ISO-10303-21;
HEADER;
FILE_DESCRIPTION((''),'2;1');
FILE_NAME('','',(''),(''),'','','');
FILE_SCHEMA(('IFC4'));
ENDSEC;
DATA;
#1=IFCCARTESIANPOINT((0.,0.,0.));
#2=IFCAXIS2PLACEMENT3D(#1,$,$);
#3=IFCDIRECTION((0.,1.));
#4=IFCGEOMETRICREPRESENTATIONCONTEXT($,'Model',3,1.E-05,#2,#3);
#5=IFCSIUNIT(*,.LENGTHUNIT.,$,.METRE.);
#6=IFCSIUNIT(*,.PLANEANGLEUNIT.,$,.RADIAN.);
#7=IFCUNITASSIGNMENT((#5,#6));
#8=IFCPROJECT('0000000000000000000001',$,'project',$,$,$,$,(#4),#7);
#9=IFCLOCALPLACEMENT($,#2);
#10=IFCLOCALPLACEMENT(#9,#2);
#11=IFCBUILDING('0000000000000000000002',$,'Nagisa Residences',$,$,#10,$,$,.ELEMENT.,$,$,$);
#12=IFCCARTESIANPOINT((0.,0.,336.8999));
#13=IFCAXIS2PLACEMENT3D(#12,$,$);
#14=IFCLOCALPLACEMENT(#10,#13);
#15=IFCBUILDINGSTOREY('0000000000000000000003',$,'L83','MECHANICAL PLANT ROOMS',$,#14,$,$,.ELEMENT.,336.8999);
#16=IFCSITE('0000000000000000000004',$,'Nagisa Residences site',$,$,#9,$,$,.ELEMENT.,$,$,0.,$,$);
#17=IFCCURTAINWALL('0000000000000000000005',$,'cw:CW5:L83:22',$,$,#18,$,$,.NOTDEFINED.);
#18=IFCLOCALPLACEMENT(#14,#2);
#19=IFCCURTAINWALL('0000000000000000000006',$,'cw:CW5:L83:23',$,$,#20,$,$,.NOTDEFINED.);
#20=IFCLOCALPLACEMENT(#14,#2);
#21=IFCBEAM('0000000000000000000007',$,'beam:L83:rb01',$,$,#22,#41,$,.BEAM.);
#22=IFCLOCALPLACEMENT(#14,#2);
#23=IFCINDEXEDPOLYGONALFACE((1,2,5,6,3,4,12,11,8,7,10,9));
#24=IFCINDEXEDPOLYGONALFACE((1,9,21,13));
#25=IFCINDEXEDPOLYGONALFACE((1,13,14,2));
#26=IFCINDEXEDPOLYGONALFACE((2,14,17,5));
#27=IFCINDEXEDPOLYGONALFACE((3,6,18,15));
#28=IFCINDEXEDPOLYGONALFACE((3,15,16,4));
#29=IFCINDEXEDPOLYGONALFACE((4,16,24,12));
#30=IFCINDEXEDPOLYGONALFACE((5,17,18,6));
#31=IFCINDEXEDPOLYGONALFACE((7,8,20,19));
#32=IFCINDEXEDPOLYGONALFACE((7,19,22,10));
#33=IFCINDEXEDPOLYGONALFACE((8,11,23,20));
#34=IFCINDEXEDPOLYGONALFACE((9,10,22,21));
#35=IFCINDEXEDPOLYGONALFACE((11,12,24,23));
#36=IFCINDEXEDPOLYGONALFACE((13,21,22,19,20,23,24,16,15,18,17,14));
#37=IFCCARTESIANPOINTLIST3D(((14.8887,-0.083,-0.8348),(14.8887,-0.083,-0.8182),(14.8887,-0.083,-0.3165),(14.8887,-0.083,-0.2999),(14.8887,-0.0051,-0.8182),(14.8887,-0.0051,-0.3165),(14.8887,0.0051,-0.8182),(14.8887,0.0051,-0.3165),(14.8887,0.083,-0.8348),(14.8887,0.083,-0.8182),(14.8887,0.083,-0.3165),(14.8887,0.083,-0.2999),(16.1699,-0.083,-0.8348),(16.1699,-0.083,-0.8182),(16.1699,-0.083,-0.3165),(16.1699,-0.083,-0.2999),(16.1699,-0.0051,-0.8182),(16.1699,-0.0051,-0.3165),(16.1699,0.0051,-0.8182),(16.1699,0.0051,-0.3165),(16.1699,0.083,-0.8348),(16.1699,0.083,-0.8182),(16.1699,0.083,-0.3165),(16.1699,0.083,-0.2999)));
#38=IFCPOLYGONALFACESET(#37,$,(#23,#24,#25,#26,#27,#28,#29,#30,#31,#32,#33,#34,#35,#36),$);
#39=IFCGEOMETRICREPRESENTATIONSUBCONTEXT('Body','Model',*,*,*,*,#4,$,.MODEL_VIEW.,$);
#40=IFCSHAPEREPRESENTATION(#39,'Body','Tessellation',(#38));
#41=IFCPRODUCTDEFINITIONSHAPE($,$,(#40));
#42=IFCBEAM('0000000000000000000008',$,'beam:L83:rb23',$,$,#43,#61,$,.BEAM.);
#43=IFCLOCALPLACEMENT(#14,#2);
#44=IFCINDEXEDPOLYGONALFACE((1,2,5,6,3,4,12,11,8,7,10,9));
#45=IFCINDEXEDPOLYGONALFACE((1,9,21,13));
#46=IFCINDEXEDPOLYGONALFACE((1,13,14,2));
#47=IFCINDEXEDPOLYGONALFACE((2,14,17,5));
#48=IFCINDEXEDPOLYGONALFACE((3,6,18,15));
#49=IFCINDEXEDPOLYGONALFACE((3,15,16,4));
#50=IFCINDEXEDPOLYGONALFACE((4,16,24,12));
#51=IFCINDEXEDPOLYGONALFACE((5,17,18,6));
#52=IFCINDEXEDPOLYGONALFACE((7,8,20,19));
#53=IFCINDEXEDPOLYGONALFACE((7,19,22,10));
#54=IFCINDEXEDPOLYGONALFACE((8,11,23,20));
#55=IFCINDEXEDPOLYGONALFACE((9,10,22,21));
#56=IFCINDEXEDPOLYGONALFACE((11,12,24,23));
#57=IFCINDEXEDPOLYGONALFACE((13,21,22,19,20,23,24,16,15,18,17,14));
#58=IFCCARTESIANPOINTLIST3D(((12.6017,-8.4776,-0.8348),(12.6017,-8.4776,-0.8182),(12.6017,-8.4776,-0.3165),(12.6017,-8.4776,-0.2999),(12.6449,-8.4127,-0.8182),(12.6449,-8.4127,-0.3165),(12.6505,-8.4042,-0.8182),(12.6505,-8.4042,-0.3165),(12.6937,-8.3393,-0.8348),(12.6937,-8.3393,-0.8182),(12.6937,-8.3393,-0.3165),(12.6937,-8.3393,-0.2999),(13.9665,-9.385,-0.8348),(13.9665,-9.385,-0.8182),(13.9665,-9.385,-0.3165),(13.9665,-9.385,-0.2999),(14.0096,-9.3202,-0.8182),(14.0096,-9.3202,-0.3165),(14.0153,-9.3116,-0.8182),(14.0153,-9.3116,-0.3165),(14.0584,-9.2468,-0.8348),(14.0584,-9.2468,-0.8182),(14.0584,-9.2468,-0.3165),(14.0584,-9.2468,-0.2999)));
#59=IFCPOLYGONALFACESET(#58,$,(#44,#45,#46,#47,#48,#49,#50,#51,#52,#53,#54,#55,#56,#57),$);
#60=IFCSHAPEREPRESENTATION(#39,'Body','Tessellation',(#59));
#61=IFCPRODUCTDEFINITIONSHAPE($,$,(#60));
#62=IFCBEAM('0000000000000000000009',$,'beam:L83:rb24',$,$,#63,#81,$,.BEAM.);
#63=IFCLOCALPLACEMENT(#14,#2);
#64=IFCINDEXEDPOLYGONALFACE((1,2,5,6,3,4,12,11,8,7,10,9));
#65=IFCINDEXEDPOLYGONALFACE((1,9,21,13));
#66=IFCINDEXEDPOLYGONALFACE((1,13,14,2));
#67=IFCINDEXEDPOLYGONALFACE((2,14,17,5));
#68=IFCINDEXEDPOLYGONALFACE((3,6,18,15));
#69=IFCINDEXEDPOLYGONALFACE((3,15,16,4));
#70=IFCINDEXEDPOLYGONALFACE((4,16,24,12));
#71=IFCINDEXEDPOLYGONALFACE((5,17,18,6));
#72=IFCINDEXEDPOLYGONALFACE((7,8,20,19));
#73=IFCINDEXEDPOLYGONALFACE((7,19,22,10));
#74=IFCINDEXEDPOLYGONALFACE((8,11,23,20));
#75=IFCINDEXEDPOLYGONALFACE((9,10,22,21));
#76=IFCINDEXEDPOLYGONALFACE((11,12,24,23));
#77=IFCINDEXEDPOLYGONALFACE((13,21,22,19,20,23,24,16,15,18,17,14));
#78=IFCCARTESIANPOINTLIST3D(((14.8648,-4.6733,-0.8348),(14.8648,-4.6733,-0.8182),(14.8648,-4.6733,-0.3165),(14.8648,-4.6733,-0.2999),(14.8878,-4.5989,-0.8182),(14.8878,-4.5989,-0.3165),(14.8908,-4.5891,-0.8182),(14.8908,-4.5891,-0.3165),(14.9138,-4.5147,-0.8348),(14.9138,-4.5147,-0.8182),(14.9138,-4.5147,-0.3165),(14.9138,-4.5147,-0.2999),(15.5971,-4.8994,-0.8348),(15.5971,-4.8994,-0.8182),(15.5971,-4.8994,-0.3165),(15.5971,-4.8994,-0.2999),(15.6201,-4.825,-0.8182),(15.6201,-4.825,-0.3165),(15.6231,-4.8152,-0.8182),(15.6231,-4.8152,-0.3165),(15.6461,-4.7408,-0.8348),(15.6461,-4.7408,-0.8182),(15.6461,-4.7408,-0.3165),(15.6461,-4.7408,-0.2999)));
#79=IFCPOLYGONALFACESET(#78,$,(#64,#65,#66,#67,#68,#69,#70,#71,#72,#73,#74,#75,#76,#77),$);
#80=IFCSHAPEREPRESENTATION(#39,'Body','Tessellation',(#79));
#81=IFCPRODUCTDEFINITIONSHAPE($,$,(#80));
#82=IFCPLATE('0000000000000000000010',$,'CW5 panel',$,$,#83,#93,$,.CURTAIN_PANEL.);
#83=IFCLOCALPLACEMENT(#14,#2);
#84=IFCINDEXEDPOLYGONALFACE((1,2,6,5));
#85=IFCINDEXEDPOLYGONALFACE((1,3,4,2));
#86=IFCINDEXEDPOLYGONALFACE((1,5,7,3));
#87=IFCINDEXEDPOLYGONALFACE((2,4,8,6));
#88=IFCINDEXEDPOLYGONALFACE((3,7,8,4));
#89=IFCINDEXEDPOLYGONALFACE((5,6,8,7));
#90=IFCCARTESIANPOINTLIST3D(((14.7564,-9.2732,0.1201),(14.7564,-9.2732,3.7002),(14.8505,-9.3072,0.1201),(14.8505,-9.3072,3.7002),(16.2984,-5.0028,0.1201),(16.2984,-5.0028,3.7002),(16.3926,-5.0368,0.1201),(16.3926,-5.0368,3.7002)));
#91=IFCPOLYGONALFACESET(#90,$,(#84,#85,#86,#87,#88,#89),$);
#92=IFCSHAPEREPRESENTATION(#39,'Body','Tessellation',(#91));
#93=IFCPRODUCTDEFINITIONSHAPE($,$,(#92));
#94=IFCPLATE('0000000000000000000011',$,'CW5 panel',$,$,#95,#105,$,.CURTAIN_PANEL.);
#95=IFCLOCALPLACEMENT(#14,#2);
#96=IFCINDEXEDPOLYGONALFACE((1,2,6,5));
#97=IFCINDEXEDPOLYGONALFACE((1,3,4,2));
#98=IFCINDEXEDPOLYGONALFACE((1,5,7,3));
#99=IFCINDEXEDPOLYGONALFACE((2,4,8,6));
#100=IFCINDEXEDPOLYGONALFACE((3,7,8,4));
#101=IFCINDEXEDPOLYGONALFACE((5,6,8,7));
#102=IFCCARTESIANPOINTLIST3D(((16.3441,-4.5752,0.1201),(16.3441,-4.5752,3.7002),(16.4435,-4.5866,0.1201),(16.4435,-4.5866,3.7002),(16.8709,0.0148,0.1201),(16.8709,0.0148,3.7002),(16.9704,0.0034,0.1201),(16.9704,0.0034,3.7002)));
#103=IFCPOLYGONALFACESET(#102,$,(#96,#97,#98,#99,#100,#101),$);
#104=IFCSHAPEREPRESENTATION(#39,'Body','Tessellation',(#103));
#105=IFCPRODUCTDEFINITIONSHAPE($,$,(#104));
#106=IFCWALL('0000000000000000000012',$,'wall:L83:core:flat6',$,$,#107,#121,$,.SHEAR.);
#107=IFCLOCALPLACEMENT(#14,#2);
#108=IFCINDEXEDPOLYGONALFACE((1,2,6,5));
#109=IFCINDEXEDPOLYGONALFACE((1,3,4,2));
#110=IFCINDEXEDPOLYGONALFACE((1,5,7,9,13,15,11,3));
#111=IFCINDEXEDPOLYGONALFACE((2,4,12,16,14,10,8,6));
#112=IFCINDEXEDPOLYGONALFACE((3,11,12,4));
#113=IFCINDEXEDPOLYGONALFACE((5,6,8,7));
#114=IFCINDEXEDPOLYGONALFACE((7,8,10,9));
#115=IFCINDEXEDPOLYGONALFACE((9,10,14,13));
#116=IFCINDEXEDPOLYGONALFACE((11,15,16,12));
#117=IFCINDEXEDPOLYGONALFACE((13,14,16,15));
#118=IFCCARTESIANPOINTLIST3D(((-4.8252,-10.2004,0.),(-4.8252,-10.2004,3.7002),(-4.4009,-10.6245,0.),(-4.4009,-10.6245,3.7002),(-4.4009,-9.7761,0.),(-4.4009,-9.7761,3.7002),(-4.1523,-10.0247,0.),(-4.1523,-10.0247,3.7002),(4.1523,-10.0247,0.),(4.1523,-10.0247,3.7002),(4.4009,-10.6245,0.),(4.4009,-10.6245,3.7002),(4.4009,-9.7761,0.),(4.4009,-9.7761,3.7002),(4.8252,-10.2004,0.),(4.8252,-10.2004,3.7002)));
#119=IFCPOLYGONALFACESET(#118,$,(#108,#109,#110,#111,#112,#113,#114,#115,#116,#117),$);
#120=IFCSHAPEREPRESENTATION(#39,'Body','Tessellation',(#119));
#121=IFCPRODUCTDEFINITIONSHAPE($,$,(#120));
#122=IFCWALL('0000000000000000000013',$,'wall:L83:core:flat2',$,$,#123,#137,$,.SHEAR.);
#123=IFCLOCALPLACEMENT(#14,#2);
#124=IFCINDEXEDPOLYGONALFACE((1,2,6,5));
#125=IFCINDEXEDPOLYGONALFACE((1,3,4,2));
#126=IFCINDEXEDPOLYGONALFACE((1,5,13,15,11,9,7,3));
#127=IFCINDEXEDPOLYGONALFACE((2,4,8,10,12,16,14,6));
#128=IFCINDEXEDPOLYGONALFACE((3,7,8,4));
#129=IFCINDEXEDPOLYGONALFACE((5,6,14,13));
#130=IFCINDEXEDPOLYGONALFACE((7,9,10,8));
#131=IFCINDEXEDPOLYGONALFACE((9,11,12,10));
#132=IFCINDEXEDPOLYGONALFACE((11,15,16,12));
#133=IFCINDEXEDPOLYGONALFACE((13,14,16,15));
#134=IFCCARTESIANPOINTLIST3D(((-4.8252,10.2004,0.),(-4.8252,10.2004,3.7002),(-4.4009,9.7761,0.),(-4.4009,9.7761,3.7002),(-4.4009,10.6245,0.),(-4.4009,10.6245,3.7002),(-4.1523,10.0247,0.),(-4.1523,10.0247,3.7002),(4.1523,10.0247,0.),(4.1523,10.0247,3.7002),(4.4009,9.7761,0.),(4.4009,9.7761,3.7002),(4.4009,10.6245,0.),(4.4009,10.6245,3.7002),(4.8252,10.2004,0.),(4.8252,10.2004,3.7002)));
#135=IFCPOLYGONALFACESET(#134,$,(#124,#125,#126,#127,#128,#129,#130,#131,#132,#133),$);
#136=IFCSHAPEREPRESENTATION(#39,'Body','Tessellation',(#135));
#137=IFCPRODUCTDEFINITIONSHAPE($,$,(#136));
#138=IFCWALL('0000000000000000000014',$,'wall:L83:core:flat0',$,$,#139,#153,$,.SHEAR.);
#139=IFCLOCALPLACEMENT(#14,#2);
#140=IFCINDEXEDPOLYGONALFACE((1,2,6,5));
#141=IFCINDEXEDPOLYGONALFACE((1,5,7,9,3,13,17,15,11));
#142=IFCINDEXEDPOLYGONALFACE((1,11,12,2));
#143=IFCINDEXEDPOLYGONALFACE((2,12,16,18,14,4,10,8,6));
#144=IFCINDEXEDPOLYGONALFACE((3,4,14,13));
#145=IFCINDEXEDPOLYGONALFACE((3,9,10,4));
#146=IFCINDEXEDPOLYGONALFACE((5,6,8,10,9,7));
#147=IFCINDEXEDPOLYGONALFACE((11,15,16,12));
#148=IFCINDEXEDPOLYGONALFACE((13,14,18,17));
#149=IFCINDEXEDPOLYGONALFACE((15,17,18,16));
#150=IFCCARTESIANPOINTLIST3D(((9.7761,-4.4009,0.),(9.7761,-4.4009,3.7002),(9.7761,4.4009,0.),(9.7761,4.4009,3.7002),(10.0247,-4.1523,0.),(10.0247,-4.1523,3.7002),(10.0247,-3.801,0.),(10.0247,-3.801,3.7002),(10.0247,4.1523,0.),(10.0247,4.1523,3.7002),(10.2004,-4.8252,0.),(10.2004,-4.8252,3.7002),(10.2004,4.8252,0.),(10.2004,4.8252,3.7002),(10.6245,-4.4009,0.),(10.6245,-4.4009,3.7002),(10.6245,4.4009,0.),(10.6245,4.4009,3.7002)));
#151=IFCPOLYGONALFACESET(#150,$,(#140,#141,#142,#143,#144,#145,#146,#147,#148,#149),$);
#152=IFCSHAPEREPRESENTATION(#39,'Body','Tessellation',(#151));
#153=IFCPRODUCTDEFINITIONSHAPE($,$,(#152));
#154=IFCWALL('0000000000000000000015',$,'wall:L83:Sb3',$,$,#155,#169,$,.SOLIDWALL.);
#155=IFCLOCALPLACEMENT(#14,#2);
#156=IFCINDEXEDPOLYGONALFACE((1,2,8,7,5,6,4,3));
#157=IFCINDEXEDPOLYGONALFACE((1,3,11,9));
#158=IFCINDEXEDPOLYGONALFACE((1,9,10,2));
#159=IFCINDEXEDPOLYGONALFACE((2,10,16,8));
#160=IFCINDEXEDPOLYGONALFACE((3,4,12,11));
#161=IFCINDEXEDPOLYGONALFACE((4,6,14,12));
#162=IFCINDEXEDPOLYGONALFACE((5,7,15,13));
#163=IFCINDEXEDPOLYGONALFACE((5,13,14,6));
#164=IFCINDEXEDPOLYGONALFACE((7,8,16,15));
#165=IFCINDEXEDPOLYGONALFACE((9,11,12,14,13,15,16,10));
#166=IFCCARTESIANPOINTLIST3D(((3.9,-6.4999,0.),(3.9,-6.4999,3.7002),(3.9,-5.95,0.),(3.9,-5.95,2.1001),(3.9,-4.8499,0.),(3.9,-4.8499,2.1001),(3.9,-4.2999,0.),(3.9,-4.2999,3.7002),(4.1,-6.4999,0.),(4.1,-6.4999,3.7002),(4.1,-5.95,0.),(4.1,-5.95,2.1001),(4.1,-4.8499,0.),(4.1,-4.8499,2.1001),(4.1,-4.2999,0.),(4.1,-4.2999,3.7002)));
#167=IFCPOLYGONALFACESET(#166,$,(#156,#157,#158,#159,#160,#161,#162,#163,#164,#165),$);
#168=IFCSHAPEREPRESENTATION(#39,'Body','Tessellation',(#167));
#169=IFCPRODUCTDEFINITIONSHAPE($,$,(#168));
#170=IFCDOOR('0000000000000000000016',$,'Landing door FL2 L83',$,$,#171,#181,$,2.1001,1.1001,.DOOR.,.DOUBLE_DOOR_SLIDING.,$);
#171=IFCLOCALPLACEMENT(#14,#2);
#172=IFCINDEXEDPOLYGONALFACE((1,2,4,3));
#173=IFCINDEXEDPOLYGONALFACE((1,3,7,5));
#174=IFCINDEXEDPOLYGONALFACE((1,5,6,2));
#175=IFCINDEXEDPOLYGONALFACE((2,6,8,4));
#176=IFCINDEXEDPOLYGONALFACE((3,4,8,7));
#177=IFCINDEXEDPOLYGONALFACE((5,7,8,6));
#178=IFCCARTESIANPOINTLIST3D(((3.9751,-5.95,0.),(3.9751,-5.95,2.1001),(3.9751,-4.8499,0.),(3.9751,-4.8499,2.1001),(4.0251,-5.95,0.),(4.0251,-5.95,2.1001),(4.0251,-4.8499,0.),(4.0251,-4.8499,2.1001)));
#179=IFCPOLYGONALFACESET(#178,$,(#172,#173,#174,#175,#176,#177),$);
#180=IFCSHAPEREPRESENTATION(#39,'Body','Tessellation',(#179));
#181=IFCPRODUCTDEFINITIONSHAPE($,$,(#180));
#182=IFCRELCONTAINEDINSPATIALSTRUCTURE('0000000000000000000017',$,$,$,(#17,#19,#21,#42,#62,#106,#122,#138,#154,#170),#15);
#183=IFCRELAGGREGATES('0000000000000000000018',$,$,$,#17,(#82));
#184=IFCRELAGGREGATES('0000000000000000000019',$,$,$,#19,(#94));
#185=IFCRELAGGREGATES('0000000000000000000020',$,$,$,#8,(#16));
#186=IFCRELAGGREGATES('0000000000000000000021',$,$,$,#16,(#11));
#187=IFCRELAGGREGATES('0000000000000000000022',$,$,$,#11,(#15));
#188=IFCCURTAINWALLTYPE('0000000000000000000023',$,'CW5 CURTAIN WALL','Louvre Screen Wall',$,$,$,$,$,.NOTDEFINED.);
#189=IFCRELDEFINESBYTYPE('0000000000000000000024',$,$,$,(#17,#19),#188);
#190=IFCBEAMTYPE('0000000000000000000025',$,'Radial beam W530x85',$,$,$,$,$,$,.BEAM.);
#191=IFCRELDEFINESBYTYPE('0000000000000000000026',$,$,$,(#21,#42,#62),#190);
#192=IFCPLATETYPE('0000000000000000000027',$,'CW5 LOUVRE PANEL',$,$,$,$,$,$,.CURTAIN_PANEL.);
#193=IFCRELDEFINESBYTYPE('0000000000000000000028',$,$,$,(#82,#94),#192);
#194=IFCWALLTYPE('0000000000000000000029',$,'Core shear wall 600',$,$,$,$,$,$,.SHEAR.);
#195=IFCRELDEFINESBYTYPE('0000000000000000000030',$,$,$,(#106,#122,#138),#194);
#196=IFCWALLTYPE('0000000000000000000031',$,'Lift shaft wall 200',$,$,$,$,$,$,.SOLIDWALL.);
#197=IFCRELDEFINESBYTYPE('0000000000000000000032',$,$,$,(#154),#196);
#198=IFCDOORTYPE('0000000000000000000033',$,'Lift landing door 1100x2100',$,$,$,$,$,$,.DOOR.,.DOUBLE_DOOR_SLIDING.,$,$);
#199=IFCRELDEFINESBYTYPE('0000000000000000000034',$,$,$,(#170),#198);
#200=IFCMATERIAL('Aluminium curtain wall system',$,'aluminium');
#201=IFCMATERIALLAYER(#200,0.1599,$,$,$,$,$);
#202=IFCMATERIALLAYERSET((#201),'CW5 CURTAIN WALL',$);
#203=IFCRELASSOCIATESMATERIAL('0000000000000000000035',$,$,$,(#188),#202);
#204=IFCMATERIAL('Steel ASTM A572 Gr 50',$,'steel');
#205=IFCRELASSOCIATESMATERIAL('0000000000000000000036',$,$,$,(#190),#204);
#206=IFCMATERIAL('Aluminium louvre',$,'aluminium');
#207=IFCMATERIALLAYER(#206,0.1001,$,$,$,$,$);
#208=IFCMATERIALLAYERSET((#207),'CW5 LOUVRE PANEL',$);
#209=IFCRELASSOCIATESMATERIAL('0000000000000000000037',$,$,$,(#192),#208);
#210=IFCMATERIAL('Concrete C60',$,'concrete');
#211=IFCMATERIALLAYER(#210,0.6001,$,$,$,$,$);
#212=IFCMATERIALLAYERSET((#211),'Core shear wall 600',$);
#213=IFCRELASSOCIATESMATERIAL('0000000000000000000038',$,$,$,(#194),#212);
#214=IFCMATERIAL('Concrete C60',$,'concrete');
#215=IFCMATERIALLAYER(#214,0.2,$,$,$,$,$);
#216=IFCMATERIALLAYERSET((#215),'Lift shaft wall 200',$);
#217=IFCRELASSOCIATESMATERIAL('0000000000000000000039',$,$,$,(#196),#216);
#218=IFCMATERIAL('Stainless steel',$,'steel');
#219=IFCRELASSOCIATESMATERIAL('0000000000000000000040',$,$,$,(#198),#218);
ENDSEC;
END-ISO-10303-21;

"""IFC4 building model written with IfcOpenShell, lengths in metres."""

from ifc_helpers import new_model, si_unit, direction, frame, frame_2d, origin, origin_2d, place, context, subcontext, project, spatial, polyline, rectangle, i_section, outline, extrude, material, layer, layer_set, material_profile, profile_set, type_object, element, fill, aggregate, save


model = new_model("IFC4")

# Units and contexts
model_context = context("Model", 3, precision=1e-05, world=origin(), true_north=direction((0.0, 1.0)))
body_context = subcontext(model_context, "Body", "Model", "MODEL_VIEW")
ifc_project = project(units=[si_unit("LENGTHUNIT", "METRE"), si_unit("PLANEANGLEUNIT", "RADIAN")], contexts=[model_context])

# Site, building, storey
site_placement = place(None, origin())
site = spatial("IfcSite", under=ifc_project, at=site_placement, Name="Nagisa Residences site", CompositionType="ELEMENT", RefElevation=0.0)
building_placement = place(site_placement, origin())
building = spatial("IfcBuilding", under=site, at=building_placement, Name="Nagisa Residences", CompositionType="ELEMENT")
storey_placement = place(building_placement, frame((0.0, 0.0, 336.8999)))
storey = spatial("IfcBuildingStorey", under=building, at=storey_placement, Name="L83", Description="MECHANICAL PLANT ROOMS", CompositionType="ELEMENT", Elevation=336.8999)

# Curtain walls
ifc_material_1 = material(Name="Aluminium curtain wall system", Category="aluminium")
ifc_layer_1 = layer(ifc_material_1, 0.1599)
ifc_layer_set_1 = layer_set([ifc_layer_1], Name="CW5 CURTAIN WALL")
curtain_wall_type = type_object("IfcCurtainWallType", Name="CW5 CURTAIN WALL", Description="Louvre Screen Wall", PredefinedType="NOTDEFINED", material=ifc_layer_set_1)
curtain_wall_1_placement = place(storey_placement, origin())
curtain_wall_1 = element("IfcCurtainWall", 1, at=curtain_wall_1_placement, inside=storey, type_object=curtain_wall_type, Name="cw:CW5:L83:22", PredefinedType="NOTDEFINED")
curtain_wall_2_placement = place(storey_placement, origin())
curtain_wall_2 = element("IfcCurtainWall", 2, at=curtain_wall_2_placement, inside=storey, type_object=curtain_wall_type, Name="cw:CW5:L83:23", PredefinedType="NOTDEFINED")

# Beams
ifc_material_2 = material(Name="Steel ASTM A572 Gr 50", Category="steel")
ifc_material_profile_1 = material_profile(ifc_material_2, i_section(OverallWidth=0.166, OverallDepth=0.5349, WebThickness=0.0103, FlangeThickness=0.0166, at=origin_2d()), Name="W530x85")
ifc_profile_set_1 = profile_set([ifc_material_profile_1], Name="Steel ASTM A572 Gr 50")
beam_type_1 = type_object("IfcBeamType", Name="Radial beam W530x85", PredefinedType="BEAM", material=ifc_profile_set_1)
beam_1_placement = place(storey_placement, frame((16.1699, 0.0, -0.5674), z_axis=(-1.0, 0.0, 0.0), x_axis=(0.0, -1.0, 0.0)))
element("IfcBeam", 3, at=beam_1_placement, inside=storey, type_object=beam_type_1, Name="beam:L83:rb01", PredefinedType="BEAM", context=body_context, shape_type="SweptSolid", body=[
    extrude(i_section(OverallWidth=0.166, OverallDepth=0.5349, WebThickness=0.0103, FlangeThickness=0.0166, at=origin_2d()), origin(), (0.0, 0.0, 1.0), 1.2812),
])
beam_2_placement = place(storey_placement, frame((14.0125, -9.3159, -0.5674), z_axis=(-0.832714, 0.553703, 0.0), x_axis=(-0.553703, -0.832714, 0.0)))
element("IfcBeam", 4, at=beam_2_placement, inside=storey, type_object=beam_type_1, Name="beam:L83:rb23", PredefinedType="BEAM", context=body_context, shape_type="SweptSolid", body=[
    extrude(i_section(OverallWidth=0.166, OverallDepth=0.5349, WebThickness=0.0103, FlangeThickness=0.0166, at=origin_2d()), origin(), (0.0, 0.0, 1.0), 1.6389),
])
beam_3_placement = place(storey_placement, frame((15.6216, -4.8201, -0.5674), z_axis=(-0.955489, 0.295026, 0.0), x_axis=(-0.295026, -0.955489, 0.0)))
element("IfcBeam", 5, at=beam_3_placement, inside=storey, type_object=beam_type_1, Name="beam:L83:rb24", PredefinedType="BEAM", context=body_context, shape_type="SweptSolid", body=[
    extrude(i_section(OverallWidth=0.166, OverallDepth=0.5349, WebThickness=0.0103, FlangeThickness=0.0166, at=origin_2d()), origin(), (0.0, 0.0, 1.0), 0.7664),
])

# Plates
ifc_material_3 = material(Name="Aluminium louvre", Category="aluminium")
ifc_layer_2 = layer(ifc_material_3, 0.1001)
ifc_layer_set_2 = layer_set([ifc_layer_2], Name="CW5 LOUVRE PANEL")
plate_type = type_object("IfcPlateType", Name="CW5 LOUVRE PANEL", PredefinedType="CURTAIN_PANEL", material=ifc_layer_set_2)
plate_1_placement = place(storey_placement, frame((15.5745, -7.155, 0.1201), z_axis=(0.0, 0.0, 1.0), x_axis=(0.339643, 0.940554, 0.0)))
plate_1 = element("IfcPlate", 6, at=plate_1_placement, type_object=plate_type, Name="CW5 panel", PredefinedType="CURTAIN_PANEL", context=body_context, shape_type="SweptSolid", body=[
    extrude(rectangle(XDim=4.5403, YDim=0.1001, at=origin_2d()), origin(), (0.0, 0.0, 1.0), 3.5801),
])
aggregate(curtain_wall_1, [plate_1])
plate_2_placement = place(storey_placement, frame((16.6572, -2.2859, 0.1201), z_axis=(0.0, 0.0, 1.0), x_axis=(0.114025, 0.993478, 0.0)))
plate_2 = element("IfcPlate", 7, at=plate_2_placement, type_object=plate_type, Name="CW5 panel", PredefinedType="CURTAIN_PANEL", context=body_context, shape_type="SweptSolid", body=[
    extrude(rectangle(XDim=4.6201, YDim=0.1001, at=origin_2d()), origin(), (0.0, 0.0, 1.0), 3.5801),
])
aggregate(curtain_wall_2, [plate_2])

# Walls
ifc_material_4 = material(Name="Concrete C60", Category="concrete")
ifc_layer_3 = layer(ifc_material_4, 0.6001)
ifc_layer_set_3 = layer_set([ifc_layer_3], Name="Core shear wall 600")
wall_type_1 = type_object("IfcWallType", Name="Core shear wall 600", PredefinedType="SHEAR", material=ifc_layer_set_3)
wall_1_placement = place(storey_placement, origin())
element("IfcWall", 8, at=wall_1_placement, inside=storey, type_object=wall_type_1, Name="wall:L83:core:flat6", PredefinedType="SHEAR", context=body_context, shape_type="SweptSolid", body=[
    extrude(outline(polyline([(-4.1523, -10.0247), (4.1523, -10.0247), (4.4009, -9.7761), (4.8252, -10.2004), (4.4009, -10.6245), (-4.4009, -10.6245), (-4.8252, -10.2004), (-4.4009, -9.7761), (-4.1523, -10.0247)])), origin(), (0.0, 0.0, 1.0), 3.7002),
])
wall_2_placement = place(storey_placement, origin())
element("IfcWall", 9, at=wall_2_placement, inside=storey, type_object=wall_type_1, Name="wall:L83:core:flat2", PredefinedType="SHEAR", context=body_context, shape_type="SweptSolid", body=[
    extrude(outline(polyline([(-4.1523, 10.0247), (-4.4009, 9.7761), (-4.8252, 10.2004), (-4.4009, 10.6245), (4.4009, 10.6245), (4.8252, 10.2004), (4.4009, 9.7761), (4.1523, 10.0247), (-4.1523, 10.0247)])), origin(), (0.0, 0.0, 1.0), 3.7002),
])
wall_3_placement = place(storey_placement, origin())
element("IfcWall", 10, at=wall_3_placement, inside=storey, type_object=wall_type_1, Name="wall:L83:core:flat0", PredefinedType="SHEAR", context=body_context, shape_type="SweptSolid", body=[
    extrude(outline(polyline([(9.7761, -4.4009), (10.0247, -4.1523), (10.0247, -3.801), (10.0247, 4.1523), (9.7761, 4.4009), (10.2004, 4.8252), (10.6245, 4.4009), (10.6245, -4.4009), (10.2004, -4.8252), (9.7761, -4.4009)])), origin(), (0.0, 0.0, 1.0), 3.7002),
])

# Wall, opening, door
ifc_material_5 = material(Name="Concrete C60", Category="concrete")
ifc_layer_4 = layer(ifc_material_5, 0.2)
ifc_layer_set_4 = layer_set([ifc_layer_4], Name="Lift shaft wall 200")
wall_type_2 = type_object("IfcWallType", Name="Lift shaft wall 200", PredefinedType="SOLIDWALL", material=ifc_layer_set_4)
wall_4_placement = place(storey_placement, frame((4.0, -6.5, 0.0), z_axis=(0.0, 0.0, 1.0), x_axis=(0.0, 1.0, 0.0)))
wall_4 = element("IfcWall", 11, at=wall_4_placement, inside=storey, type_object=wall_type_2, Name="wall:L83:Sb3", PredefinedType="SOLIDWALL", context=body_context, shape_type="SweptSolid", body=[
    extrude(rectangle(XDim=2.2, YDim=0.2, at=frame_2d((1.1001, 0.0))), origin(), (0.0, 0.0, 1.0), 3.7002),
])
opening_1_placement = place(wall_4_placement, frame((0.55, 0.0, 0.0)))
opening_1 = element("IfcOpeningElement", 12, at=opening_1_placement, cuts=wall_4, PredefinedType="OPENING", context=body_context, shape_type="SweptSolid", body=[
    extrude(rectangle(XDim=1.1001, YDim=2.1001, at=frame_2d((0.55, 1.05))), frame((0.0, 0.1099, 0.0), z_axis=(0.0, -1.0, 0.0), x_axis=(1.0, 0.0, 0.0)), (0.0, 0.0, 1.0), 0.22),
])
ifc_material_6 = material(Name="Stainless steel", Category="steel")
door_type_1 = type_object("IfcDoorType", Name="Lift landing door 1100x2100", OperationType="DOUBLE_DOOR_SLIDING", PredefinedType="DOOR", material=ifc_material_6)
door_1_placement = place(opening_1_placement, origin())
door_1 = element("IfcDoor", 13, at=door_1_placement, inside=storey, type_object=door_type_1, Name="Landing door FL2 L83", OperationType="DOUBLE_DOOR_SLIDING", OverallHeight=2.1001, OverallWidth=1.1001, PredefinedType="DOOR", context=body_context, shape_type="SweptSolid", body=[
    extrude(rectangle(XDim=1.1001, YDim=2.1001, at=frame_2d((0.55, 1.05))), frame((0.0, 0.0249, 0.0), z_axis=(0.0, -1.0, 0.0), x_axis=(1.0, 0.0, 0.0)), (0.0, 0.0, 1.0), 0.05),
])
fill(opening_1, door_1)

save(model, "model.ifc")
